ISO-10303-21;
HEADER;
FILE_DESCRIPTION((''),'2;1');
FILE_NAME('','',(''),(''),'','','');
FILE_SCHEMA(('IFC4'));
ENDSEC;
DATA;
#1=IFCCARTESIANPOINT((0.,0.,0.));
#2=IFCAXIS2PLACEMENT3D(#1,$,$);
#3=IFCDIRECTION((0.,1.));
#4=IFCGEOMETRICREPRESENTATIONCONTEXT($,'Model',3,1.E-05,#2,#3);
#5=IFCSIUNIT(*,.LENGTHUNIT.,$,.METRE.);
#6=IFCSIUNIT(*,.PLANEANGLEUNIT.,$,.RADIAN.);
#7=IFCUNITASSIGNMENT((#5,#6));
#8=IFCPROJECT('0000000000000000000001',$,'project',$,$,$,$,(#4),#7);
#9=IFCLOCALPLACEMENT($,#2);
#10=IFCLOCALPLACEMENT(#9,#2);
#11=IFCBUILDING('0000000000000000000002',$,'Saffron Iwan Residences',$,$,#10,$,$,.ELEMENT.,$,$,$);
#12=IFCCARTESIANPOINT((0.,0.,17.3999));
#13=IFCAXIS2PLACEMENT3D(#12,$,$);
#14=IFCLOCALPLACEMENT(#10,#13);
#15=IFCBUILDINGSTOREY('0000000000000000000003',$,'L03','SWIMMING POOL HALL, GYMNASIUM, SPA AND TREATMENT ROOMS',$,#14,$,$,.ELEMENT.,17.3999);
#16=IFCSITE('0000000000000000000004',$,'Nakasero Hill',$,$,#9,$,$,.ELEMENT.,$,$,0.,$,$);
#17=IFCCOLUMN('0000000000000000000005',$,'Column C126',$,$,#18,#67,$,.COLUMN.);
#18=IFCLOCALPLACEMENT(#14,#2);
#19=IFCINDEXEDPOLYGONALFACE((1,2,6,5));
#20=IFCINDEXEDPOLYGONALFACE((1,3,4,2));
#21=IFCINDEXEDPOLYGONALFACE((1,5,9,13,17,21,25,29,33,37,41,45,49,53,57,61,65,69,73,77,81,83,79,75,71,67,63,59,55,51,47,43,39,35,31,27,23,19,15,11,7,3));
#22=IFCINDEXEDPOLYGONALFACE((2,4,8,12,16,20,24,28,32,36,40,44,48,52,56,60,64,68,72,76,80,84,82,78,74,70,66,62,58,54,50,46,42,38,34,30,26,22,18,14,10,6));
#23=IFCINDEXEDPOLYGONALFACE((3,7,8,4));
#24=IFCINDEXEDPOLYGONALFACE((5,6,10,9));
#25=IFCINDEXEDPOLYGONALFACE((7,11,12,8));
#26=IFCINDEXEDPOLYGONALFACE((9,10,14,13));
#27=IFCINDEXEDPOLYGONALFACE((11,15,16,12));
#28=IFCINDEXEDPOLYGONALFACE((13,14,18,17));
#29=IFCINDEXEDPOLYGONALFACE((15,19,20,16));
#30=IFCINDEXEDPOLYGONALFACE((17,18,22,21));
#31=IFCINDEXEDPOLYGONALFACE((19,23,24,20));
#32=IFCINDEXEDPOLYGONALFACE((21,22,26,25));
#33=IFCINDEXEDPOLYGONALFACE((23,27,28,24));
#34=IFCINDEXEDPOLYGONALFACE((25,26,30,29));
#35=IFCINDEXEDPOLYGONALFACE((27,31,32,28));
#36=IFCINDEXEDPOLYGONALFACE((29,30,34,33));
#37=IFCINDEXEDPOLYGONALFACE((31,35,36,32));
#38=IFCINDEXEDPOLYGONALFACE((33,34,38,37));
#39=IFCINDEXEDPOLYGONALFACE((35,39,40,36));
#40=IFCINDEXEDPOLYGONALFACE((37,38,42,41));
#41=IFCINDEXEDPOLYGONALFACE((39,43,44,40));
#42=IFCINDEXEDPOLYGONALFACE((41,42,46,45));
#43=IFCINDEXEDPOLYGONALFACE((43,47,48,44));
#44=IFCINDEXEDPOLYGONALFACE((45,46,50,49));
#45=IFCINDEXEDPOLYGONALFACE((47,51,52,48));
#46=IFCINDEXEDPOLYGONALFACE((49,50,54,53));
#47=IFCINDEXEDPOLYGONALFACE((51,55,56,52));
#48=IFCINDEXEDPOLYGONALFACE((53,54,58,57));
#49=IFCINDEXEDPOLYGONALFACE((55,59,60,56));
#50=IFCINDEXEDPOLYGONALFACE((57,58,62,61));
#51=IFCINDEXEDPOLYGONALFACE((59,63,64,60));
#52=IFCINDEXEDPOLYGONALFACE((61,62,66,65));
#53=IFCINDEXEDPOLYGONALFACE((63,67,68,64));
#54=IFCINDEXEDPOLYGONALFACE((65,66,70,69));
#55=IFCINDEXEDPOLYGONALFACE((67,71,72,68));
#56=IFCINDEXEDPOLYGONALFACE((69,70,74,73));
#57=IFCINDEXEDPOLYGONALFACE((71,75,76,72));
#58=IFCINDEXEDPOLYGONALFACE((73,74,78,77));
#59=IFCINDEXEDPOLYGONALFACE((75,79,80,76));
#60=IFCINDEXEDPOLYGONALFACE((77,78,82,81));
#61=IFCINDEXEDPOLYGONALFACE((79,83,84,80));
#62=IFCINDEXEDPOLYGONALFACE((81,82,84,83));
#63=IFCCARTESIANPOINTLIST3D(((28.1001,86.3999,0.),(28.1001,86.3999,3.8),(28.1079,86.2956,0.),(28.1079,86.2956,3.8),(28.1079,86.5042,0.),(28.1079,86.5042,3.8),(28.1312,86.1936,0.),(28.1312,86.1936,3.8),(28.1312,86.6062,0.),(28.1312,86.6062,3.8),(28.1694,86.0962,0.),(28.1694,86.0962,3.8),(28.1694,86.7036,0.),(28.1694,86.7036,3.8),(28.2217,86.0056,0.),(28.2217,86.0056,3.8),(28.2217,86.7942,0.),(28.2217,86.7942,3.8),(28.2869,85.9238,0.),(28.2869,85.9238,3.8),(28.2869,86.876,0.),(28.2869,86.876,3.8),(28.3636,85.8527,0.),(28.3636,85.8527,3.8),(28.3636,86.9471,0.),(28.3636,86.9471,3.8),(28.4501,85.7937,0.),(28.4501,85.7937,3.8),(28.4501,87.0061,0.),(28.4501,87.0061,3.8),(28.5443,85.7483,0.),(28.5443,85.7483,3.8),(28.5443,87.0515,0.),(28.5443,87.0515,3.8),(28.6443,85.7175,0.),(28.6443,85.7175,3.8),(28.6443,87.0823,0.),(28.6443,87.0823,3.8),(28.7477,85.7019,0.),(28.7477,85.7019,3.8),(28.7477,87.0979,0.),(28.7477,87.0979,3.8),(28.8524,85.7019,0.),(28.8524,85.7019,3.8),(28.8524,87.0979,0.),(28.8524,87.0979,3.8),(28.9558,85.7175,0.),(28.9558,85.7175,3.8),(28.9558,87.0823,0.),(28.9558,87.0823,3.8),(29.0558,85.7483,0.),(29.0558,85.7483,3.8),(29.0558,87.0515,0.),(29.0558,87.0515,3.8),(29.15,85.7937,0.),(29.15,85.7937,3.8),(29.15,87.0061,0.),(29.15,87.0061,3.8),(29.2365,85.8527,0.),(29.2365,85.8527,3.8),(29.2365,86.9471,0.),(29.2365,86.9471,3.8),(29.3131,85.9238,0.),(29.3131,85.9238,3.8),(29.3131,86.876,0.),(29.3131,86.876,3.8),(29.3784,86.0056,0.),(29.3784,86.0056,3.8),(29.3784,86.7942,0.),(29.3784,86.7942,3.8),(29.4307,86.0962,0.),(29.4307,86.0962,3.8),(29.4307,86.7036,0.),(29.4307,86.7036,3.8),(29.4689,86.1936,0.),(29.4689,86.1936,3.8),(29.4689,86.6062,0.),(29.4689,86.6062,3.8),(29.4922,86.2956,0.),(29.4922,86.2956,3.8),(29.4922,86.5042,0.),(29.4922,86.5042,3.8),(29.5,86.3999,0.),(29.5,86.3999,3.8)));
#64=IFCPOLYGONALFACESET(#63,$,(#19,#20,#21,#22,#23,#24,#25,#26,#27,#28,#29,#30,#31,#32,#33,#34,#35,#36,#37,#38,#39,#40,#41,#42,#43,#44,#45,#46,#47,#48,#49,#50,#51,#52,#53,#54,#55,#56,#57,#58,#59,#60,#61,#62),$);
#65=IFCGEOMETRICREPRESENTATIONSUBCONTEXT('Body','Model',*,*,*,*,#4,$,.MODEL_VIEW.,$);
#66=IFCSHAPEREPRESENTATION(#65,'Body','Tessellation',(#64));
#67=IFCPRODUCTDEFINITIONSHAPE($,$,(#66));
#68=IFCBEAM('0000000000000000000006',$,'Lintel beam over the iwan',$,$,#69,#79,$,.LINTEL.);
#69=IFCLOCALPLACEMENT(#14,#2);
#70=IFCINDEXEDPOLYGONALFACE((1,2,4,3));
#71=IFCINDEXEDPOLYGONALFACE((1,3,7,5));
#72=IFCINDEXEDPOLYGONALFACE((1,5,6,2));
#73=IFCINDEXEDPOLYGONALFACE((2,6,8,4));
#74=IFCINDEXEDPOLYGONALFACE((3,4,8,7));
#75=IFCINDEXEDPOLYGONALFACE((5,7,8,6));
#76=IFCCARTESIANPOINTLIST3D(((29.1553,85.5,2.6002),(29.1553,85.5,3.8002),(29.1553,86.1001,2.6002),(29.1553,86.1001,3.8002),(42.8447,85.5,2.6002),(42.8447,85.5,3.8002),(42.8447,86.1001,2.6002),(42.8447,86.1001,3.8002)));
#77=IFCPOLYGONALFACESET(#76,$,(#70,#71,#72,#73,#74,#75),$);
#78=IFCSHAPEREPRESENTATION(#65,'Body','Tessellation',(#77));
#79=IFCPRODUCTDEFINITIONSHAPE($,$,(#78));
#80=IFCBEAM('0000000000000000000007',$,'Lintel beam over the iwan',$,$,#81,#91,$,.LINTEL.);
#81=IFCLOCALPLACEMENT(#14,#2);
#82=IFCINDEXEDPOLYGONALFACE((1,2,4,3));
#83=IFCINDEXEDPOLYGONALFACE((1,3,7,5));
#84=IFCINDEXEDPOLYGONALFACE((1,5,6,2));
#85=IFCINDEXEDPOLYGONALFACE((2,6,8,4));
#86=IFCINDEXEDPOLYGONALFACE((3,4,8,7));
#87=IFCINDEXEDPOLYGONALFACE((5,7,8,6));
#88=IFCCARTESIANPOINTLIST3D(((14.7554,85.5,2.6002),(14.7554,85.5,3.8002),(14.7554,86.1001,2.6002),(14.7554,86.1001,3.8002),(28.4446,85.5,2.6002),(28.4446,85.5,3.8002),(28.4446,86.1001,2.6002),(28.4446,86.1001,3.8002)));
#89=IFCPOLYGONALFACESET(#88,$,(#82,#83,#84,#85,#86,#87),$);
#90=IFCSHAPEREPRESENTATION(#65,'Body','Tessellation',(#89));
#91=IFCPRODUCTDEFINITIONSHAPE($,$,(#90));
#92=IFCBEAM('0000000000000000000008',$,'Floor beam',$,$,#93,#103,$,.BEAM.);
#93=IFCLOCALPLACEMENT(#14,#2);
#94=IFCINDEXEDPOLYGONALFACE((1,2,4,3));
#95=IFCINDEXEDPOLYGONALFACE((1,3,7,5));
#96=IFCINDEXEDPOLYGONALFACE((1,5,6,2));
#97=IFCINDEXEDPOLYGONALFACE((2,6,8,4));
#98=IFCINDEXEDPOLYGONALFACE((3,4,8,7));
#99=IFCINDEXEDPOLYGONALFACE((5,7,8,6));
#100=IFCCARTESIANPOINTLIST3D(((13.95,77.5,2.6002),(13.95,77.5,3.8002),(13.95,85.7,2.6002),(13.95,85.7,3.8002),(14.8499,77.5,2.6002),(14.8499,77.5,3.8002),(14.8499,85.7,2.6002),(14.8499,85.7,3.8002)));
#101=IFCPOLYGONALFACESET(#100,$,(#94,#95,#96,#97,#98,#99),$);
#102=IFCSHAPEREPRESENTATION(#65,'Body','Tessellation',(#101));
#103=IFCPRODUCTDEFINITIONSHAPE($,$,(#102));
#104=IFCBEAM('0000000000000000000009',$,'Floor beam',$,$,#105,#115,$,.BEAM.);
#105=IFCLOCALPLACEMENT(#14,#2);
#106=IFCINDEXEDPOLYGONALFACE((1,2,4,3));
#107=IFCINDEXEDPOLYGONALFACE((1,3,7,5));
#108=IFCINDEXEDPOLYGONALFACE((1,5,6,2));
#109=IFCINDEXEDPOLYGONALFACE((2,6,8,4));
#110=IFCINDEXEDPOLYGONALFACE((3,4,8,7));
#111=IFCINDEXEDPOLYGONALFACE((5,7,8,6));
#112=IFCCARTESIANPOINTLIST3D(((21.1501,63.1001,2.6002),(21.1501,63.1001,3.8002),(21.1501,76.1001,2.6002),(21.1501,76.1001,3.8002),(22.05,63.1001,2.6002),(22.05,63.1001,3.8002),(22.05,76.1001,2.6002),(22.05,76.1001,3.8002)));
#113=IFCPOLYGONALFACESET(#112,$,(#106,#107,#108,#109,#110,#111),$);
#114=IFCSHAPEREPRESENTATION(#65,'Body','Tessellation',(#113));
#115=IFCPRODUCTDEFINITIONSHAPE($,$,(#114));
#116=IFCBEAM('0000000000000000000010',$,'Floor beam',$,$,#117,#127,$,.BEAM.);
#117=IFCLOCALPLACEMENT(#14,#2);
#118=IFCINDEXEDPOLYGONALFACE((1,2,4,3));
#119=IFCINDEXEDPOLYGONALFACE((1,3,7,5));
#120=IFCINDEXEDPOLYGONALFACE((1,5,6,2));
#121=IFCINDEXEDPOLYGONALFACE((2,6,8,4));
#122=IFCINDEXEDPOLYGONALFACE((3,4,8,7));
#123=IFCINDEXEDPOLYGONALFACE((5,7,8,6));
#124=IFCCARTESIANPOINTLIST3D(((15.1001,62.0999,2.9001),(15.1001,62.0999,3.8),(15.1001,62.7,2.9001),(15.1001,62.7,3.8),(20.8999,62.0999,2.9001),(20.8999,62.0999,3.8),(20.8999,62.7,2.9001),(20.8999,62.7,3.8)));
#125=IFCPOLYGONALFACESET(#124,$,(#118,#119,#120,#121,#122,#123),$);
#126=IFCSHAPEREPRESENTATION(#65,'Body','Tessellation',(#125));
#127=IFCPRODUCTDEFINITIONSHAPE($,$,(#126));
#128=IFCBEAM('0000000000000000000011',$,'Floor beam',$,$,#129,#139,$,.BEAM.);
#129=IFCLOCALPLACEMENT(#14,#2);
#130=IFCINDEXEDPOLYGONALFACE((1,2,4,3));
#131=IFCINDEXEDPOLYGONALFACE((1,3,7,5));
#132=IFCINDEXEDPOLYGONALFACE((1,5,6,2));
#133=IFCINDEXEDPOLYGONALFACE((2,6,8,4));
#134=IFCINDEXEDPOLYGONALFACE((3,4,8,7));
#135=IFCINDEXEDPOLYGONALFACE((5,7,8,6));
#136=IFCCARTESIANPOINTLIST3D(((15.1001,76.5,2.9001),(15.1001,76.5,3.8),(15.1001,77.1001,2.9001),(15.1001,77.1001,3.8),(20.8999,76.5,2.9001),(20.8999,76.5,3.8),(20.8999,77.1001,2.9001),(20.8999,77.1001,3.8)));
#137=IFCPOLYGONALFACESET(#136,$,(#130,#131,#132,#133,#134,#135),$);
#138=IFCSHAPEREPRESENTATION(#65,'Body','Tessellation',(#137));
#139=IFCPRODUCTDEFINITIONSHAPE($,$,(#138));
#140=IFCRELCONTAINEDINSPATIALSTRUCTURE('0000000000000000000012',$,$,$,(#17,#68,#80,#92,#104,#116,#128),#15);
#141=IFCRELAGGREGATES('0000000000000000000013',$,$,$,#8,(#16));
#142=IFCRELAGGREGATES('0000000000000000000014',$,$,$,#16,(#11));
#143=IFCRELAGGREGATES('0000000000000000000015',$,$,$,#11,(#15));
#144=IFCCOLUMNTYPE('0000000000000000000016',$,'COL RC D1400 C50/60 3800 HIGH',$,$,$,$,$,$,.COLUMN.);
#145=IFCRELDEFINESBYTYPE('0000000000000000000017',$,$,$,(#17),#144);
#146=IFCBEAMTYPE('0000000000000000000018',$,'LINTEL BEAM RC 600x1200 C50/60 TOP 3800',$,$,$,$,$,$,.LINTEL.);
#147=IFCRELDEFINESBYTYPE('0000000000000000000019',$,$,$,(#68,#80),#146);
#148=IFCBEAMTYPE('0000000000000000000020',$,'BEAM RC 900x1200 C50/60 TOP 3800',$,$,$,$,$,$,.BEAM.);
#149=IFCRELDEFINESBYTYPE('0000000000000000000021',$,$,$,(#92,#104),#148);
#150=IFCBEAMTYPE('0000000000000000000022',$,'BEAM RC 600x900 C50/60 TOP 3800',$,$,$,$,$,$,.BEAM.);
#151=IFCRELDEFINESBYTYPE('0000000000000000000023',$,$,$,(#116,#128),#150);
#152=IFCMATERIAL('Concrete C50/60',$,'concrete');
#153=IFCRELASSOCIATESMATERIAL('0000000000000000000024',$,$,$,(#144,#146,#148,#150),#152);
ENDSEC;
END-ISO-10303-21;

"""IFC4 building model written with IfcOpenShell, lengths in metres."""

from ifc_helpers import new_model, si_unit, direction, frame, origin, origin_2d, place, context, subcontext, project, spatial, rectangle, circle, extrude, source, transform, mapped, material, material_profile, profile_set, type_object, element, save


model = new_model("IFC4")

# Units and contexts
model_context = context("Model", 3, precision=1e-05, world=origin(), true_north=direction((0.0, 1.0)))
body_context = subcontext(model_context, "Body", "Model", "MODEL_VIEW")
ifc_project = project(units=[si_unit("LENGTHUNIT", "METRE"), si_unit("PLANEANGLEUNIT", "RADIAN")], contexts=[model_context])

# Site, building, storey
site_placement = place(None, origin())
site = spatial("IfcSite", under=ifc_project, at=site_placement, Name="Nakasero Hill", CompositionType="ELEMENT", RefElevation=0.0)
building_placement = place(site_placement, origin())
building = spatial("IfcBuilding", under=site, at=building_placement, Name="Saffron Iwan Residences", CompositionType="ELEMENT")
storey_placement = place(building_placement, frame((0.0, 0.0, 17.3999)))
storey = spatial("IfcBuildingStorey", under=building, at=storey_placement, Name="L03", Description="SWIMMING POOL HALL, GYMNASIUM, SPA AND TREATMENT ROOMS", CompositionType="ELEMENT", Elevation=17.3999)

# Column
ifc_material_1 = material(Name="Concrete C50/60", Category="concrete")
ifc_material_profile_1 = material_profile(ifc_material_1, circle(Radius=0.7, at=origin_2d()), Name="RC D1400")
ifc_profile_set_1 = profile_set([ifc_material_profile_1], Name="Concrete C50/60")
column_type = type_object("IfcColumnType", Name="COL RC D1400 C50/60 3800 HIGH", PredefinedType="COLUMN", material=ifc_profile_set_1)
shared_shape_1 = source(origin(), body_context, "Body", "SweptSolid", [
    extrude(circle(Radius=0.7, at=origin_2d()), origin(), (0.0, 0.0, 1.0), 3.8),
])
for number, where, z_axis, x_axis, name in (
    (1, (28.8, 86.3999, 0.0), (0.0, 0.0, 1.0), (1.0, 0.0, 0.0), "Column C126"),
):
    element("IfcColumn", number, at=place(storey_placement, frame(where, z_axis=z_axis, x_axis=x_axis)), inside=storey, type_object=column_type, Name=name, PredefinedType="COLUMN", context=body_context, shape_type="MappedRepresentation", body=[
        mapped(shared_shape_1, transform((0.0, 0.0, 0.0))),
    ])

# Beams
ifc_material_profile_2 = material_profile(ifc_material_1, rectangle(XDim=0.6001, YDim=1.2, at=origin_2d()), Name="RC 600x1200")
ifc_profile_set_2 = profile_set([ifc_material_profile_2], Name="Concrete C50/60")
beam_type_1 = type_object("IfcBeamType", Name="LINTEL BEAM RC 600x1200 C50/60 TOP 3800", PredefinedType="LINTEL", material=ifc_profile_set_2)
shared_shape_2 = source(origin(), body_context, "Body", "SweptSolid", [
    extrude(rectangle(XDim=0.6001, YDim=1.2, at=origin_2d()), origin(), (0.0, 0.0, 1.0), 13.6895),
])
beam_1_placement = place(storey_placement, frame((29.1553, 85.8, 3.2002), z_axis=(1.0, 0.0, 0.0), x_axis=(0.0, 1.0, 0.0)))
element("IfcBeam", 2, at=beam_1_placement, inside=storey, type_object=beam_type_1, Name="Lintel beam over the iwan", PredefinedType="LINTEL", context=body_context, shape_type="MappedRepresentation", body=[
    mapped(shared_shape_2, transform((0.0, 0.0, 0.0))),
])
shared_shape_3 = source(origin(), body_context, "Body", "SweptSolid", [
    extrude(rectangle(XDim=0.6001, YDim=1.2, at=origin_2d()), origin(), (0.0, 0.0, 1.0), 13.6892),
])
beam_2_placement = place(storey_placement, frame((14.7554, 85.8, 3.2002), z_axis=(1.0, 0.0, 0.0), x_axis=(0.0, 1.0, 0.0)))
element("IfcBeam", 3, at=beam_2_placement, inside=storey, type_object=beam_type_1, Name="Lintel beam over the iwan", PredefinedType="LINTEL", context=body_context, shape_type="MappedRepresentation", body=[
    mapped(shared_shape_3, transform((0.0, 0.0, 0.0))),
])
ifc_material_profile_3 = material_profile(ifc_material_1, rectangle(XDim=0.8999, YDim=1.2, at=origin_2d()), Name="RC 900x1200")
ifc_profile_set_3 = profile_set([ifc_material_profile_3], Name="Concrete C50/60")
beam_type_2 = type_object("IfcBeamType", Name="BEAM RC 900x1200 C50/60 TOP 3800", PredefinedType="BEAM", material=ifc_profile_set_3)
shared_shape_4 = source(origin(), body_context, "Body", "SweptSolid", [
    extrude(rectangle(XDim=0.8999, YDim=1.2, at=origin_2d()), origin(), (0.0, 0.0, 1.0), 8.2),
])
beam_3_placement = place(storey_placement, frame((14.3999, 77.5, 3.2002), z_axis=(0.0, 1.0, 0.0), x_axis=(-1.0, 0.0, 0.0)))
element("IfcBeam", 4, at=beam_3_placement, inside=storey, type_object=beam_type_2, Name="Floor beam", PredefinedType="BEAM", context=body_context, shape_type="MappedRepresentation", body=[
    mapped(shared_shape_4, transform((0.0, 0.0, 0.0))),
])
shared_shape_5 = source(origin(), body_context, "Body", "SweptSolid", [
    extrude(rectangle(XDim=0.8999, YDim=1.2, at=origin_2d()), origin(), (0.0, 0.0, 1.0), 13.0),
])
beam_4_placement = place(storey_placement, frame((21.6001, 63.1001, 3.2002), z_axis=(0.0, 1.0, 0.0), x_axis=(-1.0, 0.0, 0.0)))
element("IfcBeam", 5, at=beam_4_placement, inside=storey, type_object=beam_type_2, Name="Floor beam", PredefinedType="BEAM", context=body_context, shape_type="MappedRepresentation", body=[
    mapped(shared_shape_5, transform((0.0, 0.0, 0.0))),
])
ifc_material_profile_4 = material_profile(ifc_material_1, rectangle(XDim=0.6001, YDim=0.8999, at=origin_2d()), Name="RC 600x900")
ifc_profile_set_4 = profile_set([ifc_material_profile_4], Name="Concrete C50/60")
beam_type_3 = type_object("IfcBeamType", Name="BEAM RC 600x900 C50/60 TOP 3800", PredefinedType="BEAM", material=ifc_profile_set_4)
shared_shape_6 = source(origin(), body_context, "Body", "SweptSolid", [
    extrude(rectangle(XDim=0.6001, YDim=0.8999, at=origin_2d()), origin(), (0.0, 0.0, 1.0), 5.7998),
])
for number, where, z_axis, x_axis, name in (
    (6, (15.1001, 62.3999, 3.3501), (1.0, 0.0, 0.0), (0.0, 1.0, 0.0), "Floor beam"),
    (7, (15.1001, 76.8, 3.3501), (1.0, 0.0, 0.0), (0.0, 1.0, 0.0), "Floor beam"),
):
    element("IfcBeam", number, at=place(storey_placement, frame(where, z_axis=z_axis, x_axis=x_axis)), inside=storey, type_object=beam_type_3, Name=name, PredefinedType="BEAM", context=body_context, shape_type="MappedRepresentation", body=[
        mapped(shared_shape_6, transform((0.0, 0.0, 0.0))),
    ])

save(model, "model.ifc")
